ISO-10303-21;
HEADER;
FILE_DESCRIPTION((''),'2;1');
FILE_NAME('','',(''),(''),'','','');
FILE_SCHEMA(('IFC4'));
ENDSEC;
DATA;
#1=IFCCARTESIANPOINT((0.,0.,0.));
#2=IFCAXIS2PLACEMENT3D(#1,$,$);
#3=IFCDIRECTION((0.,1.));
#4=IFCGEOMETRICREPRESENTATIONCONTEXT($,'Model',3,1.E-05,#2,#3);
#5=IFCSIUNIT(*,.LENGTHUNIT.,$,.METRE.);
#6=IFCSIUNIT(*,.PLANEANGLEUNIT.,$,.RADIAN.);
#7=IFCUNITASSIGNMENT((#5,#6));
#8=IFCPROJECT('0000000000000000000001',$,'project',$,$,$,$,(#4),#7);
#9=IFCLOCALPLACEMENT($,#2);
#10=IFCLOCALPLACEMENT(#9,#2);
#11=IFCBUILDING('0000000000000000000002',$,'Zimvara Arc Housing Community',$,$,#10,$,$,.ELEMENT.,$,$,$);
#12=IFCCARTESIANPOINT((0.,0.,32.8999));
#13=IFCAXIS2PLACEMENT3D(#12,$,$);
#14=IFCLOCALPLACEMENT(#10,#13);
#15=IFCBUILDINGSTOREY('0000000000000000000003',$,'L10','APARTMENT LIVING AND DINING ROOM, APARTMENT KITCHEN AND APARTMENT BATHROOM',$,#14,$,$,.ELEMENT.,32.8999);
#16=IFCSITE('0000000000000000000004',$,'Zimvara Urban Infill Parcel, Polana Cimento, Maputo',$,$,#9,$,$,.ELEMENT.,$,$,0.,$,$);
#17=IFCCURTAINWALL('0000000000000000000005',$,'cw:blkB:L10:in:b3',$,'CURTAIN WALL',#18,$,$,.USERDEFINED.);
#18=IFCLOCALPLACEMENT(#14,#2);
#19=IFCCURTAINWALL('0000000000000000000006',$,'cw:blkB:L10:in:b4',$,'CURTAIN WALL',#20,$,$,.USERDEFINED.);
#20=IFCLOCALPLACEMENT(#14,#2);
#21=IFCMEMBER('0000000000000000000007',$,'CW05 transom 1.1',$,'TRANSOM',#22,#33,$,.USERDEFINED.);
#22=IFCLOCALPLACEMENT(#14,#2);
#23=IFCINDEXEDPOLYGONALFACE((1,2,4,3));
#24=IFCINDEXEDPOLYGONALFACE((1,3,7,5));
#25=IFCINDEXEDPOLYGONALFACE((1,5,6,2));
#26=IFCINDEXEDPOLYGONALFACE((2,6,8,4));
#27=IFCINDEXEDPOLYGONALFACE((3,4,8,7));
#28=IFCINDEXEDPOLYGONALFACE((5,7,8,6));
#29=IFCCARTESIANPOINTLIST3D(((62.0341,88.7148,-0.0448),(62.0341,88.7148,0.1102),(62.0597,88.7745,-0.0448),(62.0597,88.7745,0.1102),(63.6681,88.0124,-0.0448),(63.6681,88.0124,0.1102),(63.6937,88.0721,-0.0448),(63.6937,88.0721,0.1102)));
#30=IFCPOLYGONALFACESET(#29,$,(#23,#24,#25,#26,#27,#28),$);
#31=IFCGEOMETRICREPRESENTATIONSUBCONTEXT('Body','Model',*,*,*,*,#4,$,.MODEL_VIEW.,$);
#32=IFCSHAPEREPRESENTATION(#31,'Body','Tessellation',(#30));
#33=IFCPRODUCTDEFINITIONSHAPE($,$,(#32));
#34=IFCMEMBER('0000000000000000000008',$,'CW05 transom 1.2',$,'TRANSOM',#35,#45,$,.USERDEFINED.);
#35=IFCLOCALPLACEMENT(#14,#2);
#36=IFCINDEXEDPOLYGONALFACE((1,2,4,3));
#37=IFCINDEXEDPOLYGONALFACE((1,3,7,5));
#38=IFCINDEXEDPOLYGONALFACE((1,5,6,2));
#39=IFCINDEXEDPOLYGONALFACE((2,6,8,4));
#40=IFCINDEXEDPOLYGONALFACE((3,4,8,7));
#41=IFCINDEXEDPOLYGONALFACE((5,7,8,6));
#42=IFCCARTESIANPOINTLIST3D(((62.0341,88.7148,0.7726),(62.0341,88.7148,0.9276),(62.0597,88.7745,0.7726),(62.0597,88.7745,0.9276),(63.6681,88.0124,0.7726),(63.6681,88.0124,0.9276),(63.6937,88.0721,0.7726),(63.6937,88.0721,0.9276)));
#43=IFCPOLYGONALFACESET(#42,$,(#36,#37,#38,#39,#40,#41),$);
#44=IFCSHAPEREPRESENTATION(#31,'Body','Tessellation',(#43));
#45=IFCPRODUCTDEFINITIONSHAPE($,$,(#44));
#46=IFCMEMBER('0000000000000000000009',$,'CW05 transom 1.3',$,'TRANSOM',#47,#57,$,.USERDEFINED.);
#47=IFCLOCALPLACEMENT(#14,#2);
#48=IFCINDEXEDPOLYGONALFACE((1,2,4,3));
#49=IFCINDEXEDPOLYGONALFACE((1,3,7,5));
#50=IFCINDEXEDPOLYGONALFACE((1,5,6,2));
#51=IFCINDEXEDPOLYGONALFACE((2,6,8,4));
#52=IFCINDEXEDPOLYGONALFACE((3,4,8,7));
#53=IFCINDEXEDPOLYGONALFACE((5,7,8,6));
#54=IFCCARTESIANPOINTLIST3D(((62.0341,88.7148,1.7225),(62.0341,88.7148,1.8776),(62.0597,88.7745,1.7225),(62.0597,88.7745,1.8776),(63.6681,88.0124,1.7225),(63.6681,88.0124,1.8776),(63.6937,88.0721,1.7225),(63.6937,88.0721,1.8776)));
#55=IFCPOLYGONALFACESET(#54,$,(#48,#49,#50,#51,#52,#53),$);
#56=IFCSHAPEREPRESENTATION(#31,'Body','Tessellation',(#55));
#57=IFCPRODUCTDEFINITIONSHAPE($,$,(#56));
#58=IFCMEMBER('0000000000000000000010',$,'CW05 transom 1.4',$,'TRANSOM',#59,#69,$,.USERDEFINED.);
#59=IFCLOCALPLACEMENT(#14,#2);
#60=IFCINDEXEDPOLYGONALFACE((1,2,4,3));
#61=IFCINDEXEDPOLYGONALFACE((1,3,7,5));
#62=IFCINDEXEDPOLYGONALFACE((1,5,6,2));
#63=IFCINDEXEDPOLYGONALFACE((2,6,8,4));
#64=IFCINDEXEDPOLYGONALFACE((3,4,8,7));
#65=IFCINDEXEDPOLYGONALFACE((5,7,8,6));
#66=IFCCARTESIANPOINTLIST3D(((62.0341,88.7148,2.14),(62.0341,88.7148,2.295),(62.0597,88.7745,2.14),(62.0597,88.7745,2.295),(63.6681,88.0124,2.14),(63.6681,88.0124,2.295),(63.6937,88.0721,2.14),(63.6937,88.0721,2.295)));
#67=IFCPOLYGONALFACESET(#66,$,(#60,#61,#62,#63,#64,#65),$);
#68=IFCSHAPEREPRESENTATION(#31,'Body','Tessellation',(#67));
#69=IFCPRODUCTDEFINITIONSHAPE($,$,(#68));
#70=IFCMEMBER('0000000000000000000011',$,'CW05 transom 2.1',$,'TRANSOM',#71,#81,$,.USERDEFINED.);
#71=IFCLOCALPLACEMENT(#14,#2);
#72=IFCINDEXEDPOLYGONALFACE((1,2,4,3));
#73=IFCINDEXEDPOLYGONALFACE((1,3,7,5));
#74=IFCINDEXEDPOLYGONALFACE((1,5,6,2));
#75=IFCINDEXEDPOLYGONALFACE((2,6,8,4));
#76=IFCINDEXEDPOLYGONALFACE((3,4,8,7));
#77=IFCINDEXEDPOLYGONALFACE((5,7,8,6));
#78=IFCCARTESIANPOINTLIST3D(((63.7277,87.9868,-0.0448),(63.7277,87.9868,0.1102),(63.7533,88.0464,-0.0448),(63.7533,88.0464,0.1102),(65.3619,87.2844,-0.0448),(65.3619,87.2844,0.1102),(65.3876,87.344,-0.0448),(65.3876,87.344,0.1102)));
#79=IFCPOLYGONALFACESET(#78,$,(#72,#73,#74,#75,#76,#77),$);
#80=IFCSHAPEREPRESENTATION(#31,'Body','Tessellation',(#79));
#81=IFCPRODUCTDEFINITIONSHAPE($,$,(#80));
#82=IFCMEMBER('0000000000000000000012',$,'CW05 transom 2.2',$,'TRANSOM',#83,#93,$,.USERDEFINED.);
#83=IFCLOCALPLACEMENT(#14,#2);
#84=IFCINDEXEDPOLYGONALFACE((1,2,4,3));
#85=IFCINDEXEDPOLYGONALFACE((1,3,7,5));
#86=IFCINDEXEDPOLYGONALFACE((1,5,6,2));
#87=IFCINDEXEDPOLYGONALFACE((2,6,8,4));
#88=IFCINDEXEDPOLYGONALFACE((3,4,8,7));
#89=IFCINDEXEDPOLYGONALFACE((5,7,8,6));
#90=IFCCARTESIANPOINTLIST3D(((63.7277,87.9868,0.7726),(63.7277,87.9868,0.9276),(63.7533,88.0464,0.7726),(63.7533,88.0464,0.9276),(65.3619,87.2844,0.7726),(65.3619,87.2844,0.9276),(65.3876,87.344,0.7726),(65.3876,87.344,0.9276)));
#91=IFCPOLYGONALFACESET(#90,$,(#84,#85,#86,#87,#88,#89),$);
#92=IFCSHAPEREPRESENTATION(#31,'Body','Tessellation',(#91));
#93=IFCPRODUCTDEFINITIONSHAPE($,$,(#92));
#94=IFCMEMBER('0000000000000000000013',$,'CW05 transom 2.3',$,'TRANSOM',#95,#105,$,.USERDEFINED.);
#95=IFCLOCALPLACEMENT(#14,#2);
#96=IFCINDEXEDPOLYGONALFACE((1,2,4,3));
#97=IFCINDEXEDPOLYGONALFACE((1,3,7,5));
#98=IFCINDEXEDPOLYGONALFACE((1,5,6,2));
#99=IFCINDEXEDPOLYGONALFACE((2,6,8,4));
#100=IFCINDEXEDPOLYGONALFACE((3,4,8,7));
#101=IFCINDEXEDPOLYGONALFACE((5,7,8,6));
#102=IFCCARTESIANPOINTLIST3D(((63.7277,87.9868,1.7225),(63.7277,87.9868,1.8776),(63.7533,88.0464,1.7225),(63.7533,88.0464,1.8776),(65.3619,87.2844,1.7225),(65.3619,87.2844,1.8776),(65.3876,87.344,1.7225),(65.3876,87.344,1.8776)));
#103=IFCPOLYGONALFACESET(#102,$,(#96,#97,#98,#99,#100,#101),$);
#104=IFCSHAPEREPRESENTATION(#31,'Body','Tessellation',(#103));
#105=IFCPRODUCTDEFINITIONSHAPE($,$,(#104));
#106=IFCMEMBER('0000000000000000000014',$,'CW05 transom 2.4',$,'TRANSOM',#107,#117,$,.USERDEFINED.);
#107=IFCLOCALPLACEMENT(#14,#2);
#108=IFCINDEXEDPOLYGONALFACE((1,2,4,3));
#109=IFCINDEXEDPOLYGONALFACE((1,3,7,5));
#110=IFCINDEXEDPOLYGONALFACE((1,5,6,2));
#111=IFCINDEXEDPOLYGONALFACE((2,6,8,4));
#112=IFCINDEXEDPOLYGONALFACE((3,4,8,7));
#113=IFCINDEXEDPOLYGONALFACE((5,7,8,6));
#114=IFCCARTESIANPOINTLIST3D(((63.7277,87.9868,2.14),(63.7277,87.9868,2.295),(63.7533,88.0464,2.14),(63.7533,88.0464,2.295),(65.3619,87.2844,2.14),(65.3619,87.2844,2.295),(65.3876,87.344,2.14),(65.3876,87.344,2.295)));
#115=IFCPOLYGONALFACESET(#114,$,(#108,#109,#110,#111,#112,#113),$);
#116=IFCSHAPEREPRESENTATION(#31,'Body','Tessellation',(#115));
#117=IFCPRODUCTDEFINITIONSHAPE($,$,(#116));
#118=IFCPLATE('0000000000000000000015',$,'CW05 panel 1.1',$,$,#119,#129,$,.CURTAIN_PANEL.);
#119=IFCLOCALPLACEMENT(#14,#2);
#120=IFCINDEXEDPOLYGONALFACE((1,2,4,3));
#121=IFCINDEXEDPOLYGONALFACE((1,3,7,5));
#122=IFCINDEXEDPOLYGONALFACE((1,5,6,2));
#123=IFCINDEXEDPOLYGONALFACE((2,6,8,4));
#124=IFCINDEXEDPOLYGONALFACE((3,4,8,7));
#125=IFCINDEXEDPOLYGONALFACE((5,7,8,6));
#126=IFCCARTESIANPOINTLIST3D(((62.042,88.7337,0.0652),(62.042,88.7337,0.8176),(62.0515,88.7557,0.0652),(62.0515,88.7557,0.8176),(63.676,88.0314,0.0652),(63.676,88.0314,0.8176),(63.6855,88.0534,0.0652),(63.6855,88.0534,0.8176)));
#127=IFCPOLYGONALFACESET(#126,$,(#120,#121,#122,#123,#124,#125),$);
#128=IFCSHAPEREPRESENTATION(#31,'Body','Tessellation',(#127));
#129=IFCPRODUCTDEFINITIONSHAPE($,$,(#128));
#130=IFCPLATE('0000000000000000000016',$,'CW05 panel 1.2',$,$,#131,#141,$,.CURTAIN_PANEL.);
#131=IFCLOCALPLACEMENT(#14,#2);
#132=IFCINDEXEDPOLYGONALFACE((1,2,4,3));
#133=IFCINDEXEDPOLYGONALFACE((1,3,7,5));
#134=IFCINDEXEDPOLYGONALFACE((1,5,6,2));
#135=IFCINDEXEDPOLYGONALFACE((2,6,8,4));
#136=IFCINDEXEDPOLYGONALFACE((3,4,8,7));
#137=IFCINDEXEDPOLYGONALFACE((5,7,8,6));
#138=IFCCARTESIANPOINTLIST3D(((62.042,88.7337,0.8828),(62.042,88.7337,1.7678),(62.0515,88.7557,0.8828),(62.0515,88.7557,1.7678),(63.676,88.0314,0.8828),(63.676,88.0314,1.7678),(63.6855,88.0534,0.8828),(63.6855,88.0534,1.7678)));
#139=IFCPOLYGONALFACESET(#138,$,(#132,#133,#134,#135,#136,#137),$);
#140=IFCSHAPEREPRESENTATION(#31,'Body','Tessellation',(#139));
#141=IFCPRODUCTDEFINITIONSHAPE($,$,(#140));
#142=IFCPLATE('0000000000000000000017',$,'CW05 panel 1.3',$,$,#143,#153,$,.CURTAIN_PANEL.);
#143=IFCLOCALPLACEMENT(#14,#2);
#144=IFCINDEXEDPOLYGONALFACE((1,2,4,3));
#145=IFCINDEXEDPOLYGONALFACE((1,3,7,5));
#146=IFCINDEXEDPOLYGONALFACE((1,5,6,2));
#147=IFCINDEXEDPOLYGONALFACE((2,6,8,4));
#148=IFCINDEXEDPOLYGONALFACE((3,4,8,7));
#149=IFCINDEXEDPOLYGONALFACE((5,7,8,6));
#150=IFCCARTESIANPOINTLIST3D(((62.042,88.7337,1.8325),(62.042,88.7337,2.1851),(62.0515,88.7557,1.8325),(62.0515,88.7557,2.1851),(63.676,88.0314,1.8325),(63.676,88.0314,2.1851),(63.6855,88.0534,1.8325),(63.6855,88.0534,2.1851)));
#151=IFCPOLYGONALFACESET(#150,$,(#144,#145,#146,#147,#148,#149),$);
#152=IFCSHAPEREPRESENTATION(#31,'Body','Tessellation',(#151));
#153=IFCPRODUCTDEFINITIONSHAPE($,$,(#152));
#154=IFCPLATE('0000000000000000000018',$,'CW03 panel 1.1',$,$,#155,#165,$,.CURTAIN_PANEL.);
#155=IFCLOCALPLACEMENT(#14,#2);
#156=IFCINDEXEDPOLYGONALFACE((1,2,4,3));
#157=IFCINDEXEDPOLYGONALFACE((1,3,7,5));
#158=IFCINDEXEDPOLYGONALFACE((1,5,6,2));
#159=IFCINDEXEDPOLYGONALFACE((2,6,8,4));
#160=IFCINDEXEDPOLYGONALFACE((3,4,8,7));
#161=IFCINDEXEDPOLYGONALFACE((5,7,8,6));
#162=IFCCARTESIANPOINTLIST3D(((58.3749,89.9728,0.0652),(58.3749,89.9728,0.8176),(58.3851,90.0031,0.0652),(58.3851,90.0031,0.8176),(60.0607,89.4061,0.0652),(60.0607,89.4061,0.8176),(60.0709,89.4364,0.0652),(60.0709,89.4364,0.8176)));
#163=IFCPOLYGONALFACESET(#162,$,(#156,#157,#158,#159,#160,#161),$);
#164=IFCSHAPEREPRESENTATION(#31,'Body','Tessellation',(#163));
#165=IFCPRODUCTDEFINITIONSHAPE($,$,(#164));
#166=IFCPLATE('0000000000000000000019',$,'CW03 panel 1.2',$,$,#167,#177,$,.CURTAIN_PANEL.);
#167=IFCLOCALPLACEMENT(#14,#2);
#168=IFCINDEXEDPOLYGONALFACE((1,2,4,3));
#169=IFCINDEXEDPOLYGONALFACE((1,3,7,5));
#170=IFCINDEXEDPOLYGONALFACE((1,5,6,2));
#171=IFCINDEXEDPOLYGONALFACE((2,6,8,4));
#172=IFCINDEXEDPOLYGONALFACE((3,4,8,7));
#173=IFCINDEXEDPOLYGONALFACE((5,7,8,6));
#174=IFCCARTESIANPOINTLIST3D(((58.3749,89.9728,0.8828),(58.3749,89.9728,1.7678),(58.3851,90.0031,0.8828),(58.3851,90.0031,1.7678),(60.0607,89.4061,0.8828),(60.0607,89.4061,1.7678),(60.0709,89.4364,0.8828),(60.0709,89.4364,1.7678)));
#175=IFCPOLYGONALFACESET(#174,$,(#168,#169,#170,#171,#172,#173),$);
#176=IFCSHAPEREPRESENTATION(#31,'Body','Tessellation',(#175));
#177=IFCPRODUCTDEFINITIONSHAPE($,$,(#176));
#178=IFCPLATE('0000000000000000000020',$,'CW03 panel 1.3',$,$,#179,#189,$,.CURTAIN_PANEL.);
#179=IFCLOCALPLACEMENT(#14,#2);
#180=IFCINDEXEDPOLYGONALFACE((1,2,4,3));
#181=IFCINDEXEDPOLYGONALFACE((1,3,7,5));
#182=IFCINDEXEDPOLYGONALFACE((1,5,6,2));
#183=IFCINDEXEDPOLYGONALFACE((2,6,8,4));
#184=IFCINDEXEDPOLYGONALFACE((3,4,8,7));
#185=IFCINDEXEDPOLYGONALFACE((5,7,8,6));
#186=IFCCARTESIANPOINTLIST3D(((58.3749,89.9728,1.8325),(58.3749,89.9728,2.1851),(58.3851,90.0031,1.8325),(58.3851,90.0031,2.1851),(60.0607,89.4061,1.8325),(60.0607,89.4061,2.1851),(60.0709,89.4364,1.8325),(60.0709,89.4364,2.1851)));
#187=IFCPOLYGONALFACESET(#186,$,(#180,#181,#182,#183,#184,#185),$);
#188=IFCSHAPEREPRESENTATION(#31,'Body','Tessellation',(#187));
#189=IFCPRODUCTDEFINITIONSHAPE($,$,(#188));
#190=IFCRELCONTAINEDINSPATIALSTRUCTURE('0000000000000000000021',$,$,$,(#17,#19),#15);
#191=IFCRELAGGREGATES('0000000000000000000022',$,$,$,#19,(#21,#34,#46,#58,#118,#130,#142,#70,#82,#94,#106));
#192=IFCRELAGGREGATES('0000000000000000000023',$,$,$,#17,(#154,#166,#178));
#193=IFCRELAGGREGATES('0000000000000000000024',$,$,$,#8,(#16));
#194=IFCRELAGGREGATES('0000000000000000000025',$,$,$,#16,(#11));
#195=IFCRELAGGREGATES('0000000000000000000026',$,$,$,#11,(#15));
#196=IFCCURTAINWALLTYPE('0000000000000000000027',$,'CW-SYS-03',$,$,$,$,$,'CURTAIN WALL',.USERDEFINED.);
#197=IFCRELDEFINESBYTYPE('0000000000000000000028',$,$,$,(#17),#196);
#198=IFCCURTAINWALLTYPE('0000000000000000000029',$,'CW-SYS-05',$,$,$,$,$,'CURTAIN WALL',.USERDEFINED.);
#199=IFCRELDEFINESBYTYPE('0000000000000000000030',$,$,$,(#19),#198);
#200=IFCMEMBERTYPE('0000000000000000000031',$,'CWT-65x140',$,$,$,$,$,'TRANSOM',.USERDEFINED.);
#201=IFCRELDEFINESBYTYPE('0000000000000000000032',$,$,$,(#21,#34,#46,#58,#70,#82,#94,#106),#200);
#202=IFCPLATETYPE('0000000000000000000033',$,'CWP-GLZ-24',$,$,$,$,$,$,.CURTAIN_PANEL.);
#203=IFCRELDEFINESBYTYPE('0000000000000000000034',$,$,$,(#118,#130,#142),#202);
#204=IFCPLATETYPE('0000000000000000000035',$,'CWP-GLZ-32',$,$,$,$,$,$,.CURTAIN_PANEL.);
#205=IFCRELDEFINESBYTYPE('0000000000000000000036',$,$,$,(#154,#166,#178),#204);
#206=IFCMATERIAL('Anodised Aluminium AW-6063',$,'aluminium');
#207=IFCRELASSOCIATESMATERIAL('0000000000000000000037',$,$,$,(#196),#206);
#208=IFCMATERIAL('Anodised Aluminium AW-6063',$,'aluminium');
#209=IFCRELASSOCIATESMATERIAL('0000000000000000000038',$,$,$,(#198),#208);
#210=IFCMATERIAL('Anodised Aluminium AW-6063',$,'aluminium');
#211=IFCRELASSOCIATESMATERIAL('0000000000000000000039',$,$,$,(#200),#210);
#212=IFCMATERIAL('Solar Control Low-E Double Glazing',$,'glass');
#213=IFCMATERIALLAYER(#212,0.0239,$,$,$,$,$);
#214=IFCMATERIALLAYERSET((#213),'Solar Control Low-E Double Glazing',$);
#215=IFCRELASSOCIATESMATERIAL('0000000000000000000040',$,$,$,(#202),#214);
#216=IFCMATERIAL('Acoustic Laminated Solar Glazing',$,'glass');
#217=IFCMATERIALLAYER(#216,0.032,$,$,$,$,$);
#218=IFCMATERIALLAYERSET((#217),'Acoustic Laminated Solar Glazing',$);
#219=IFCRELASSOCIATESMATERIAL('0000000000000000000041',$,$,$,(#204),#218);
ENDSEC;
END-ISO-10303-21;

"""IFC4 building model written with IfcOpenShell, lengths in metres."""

from ifc_helpers import new_model, si_unit, direction, frame, origin, origin_2d, place, context, subcontext, project, spatial, rectangle, extrude, material, layer, layer_set, material_profile, profile_set, type_object, element, aggregate, save


model = new_model("IFC4")

# Units and contexts
model_context = context("Model", 3, precision=1e-05, world=origin(), true_north=direction((0.0, 1.0)))
body_context = subcontext(model_context, "Body", "Model", "MODEL_VIEW")
ifc_project = project(units=[si_unit("LENGTHUNIT", "METRE"), si_unit("PLANEANGLEUNIT", "RADIAN")], contexts=[model_context])

# Site, building, storey
site_placement = place(None, origin())
site = spatial("IfcSite", under=ifc_project, at=site_placement, Name="Zimvara Urban Infill Parcel, Polana Cimento, Maputo", CompositionType="ELEMENT", RefElevation=0.0)
building_placement = place(site_placement, origin())
building = spatial("IfcBuilding", under=site, at=building_placement, Name="Zimvara Arc Housing Community", CompositionType="ELEMENT")
storey_placement = place(building_placement, frame((0.0, 0.0, 32.8999)))
storey = spatial("IfcBuildingStorey", under=building, at=storey_placement, Name="L10", Description="APARTMENT LIVING AND DINING ROOM, APARTMENT KITCHEN AND APARTMENT BATHROOM", CompositionType="ELEMENT", Elevation=32.8999)

# Curtain walls
ifc_material_1 = material(Name="Anodised Aluminium AW-6063", Category="aluminium")
curtain_wall_type_1 = type_object("IfcCurtainWallType", Name="CW-SYS-03", ElementType="CURTAIN WALL", PredefinedType="USERDEFINED", material=ifc_material_1)
curtain_wall_1_placement = place(storey_placement, origin())
curtain_wall_1 = element("IfcCurtainWall", 1, at=curtain_wall_1_placement, inside=storey, type_object=curtain_wall_type_1, Name="cw:blkB:L10:in:b3", ObjectType="CURTAIN WALL", PredefinedType="USERDEFINED")
ifc_material_2 = material(Name="Anodised Aluminium AW-6063", Category="aluminium")
curtain_wall_type_2 = type_object("IfcCurtainWallType", Name="CW-SYS-05", ElementType="CURTAIN WALL", PredefinedType="USERDEFINED", material=ifc_material_2)
curtain_wall_2_placement = place(storey_placement, origin())
curtain_wall_2 = element("IfcCurtainWall", 2, at=curtain_wall_2_placement, inside=storey, type_object=curtain_wall_type_2, Name="cw:blkB:L10:in:b4", ObjectType="CURTAIN WALL", PredefinedType="USERDEFINED")

# Members
ifc_material_3 = material(Name="Anodised Aluminium AW-6063", Category="aluminium")
ifc_material_profile_1 = material_profile(ifc_material_3, rectangle(XDim=0.0649, YDim=0.155, at=origin_2d()), Name="ALU 65x155")
ifc_profile_set_1 = profile_set([ifc_material_profile_1], Name="Anodised Aluminium AW-6063")
member_type_1 = type_object("IfcMemberType", Name="CWT-65x140", ElementType="TRANSOM", PredefinedType="USERDEFINED", material=ifc_profile_set_1)
member_1_placement = place(storey_placement, frame((62.0469, 88.7446, 0.0327), z_axis=(0.918718, -0.394913, 0.0), x_axis=(0.394913, 0.918718, 0.0)))
member_1 = element("IfcMember", 3, at=member_1_placement, type_object=member_type_1, Name="CW05 transom 1.1", ObjectType="TRANSOM", PredefinedType="USERDEFINED", context=body_context, shape_type="SweptSolid", body=[
    extrude(rectangle(XDim=0.0649, YDim=0.155, at=origin_2d()), origin(), (0.0, 0.0, 1.0), 1.7786),
])
member_2_placement = place(storey_placement, frame((62.0469, 88.7446, 0.8501), z_axis=(0.918718, -0.394913, 0.0), x_axis=(0.394913, 0.918718, 0.0)))
member_2 = element("IfcMember", 4, at=member_2_placement, type_object=member_type_1, Name="CW05 transom 1.2", ObjectType="TRANSOM", PredefinedType="USERDEFINED", context=body_context, shape_type="SweptSolid", body=[
    extrude(rectangle(XDim=0.0649, YDim=0.155, at=origin_2d()), origin(), (0.0, 0.0, 1.0), 1.7786),
])
member_3_placement = place(storey_placement, frame((62.0469, 88.7446, 1.8), z_axis=(0.918718, -0.394913, 0.0), x_axis=(0.394913, 0.918718, 0.0)))
member_3 = element("IfcMember", 5, at=member_3_placement, type_object=member_type_1, Name="CW05 transom 1.3", ObjectType="TRANSOM", PredefinedType="USERDEFINED", context=body_context, shape_type="SweptSolid", body=[
    extrude(rectangle(XDim=0.0649, YDim=0.155, at=origin_2d()), origin(), (0.0, 0.0, 1.0), 1.7786),
])
member_4_placement = place(storey_placement, frame((62.0469, 88.7446, 2.2175), z_axis=(0.918718, -0.394913, 0.0), x_axis=(0.394913, 0.918718, 0.0)))
member_4 = element("IfcMember", 6, at=member_4_placement, type_object=member_type_1, Name="CW05 transom 1.4", ObjectType="TRANSOM", PredefinedType="USERDEFINED", context=body_context, shape_type="SweptSolid", body=[
    extrude(rectangle(XDim=0.0649, YDim=0.155, at=origin_2d()), origin(), (0.0, 0.0, 1.0), 1.7786),
])
member_5_placement = place(storey_placement, frame((63.7405, 88.0166, 0.0327), z_axis=(0.91874, -0.394863, 0.0), x_axis=(0.394863, 0.91874, 0.0)))
member_5 = element("IfcMember", 7, at=member_5_placement, type_object=member_type_1, Name="CW05 transom 2.1", ObjectType="TRANSOM", PredefinedType="USERDEFINED", context=body_context, shape_type="SweptSolid", body=[
    extrude(rectangle(XDim=0.0649, YDim=0.155, at=origin_2d()), origin(), (0.0, 0.0, 1.0), 1.7788),
])
member_6_placement = place(storey_placement, frame((63.7405, 88.0166, 0.8501), z_axis=(0.91874, -0.394863, 0.0), x_axis=(0.394863, 0.91874, 0.0)))
member_6 = element("IfcMember", 8, at=member_6_placement, type_object=member_type_1, Name="CW05 transom 2.2", ObjectType="TRANSOM", PredefinedType="USERDEFINED", context=body_context, shape_type="SweptSolid", body=[
    extrude(rectangle(XDim=0.0649, YDim=0.155, at=origin_2d()), origin(), (0.0, 0.0, 1.0), 1.7788),
])
member_7_placement = place(storey_placement, frame((63.7405, 88.0166, 1.8), z_axis=(0.91874, -0.394863, 0.0), x_axis=(0.394863, 0.91874, 0.0)))
member_7 = element("IfcMember", 9, at=member_7_placement, type_object=member_type_1, Name="CW05 transom 2.3", ObjectType="TRANSOM", PredefinedType="USERDEFINED", context=body_context, shape_type="SweptSolid", body=[
    extrude(rectangle(XDim=0.0649, YDim=0.155, at=origin_2d()), origin(), (0.0, 0.0, 1.0), 1.7788),
])
member_8_placement = place(storey_placement, frame((63.7405, 88.0166, 2.2175), z_axis=(0.91874, -0.394863, 0.0), x_axis=(0.394863, 0.91874, 0.0)))
member_8 = element("IfcMember", 10, at=member_8_placement, type_object=member_type_1, Name="CW05 transom 2.4", ObjectType="TRANSOM", PredefinedType="USERDEFINED", context=body_context, shape_type="SweptSolid", body=[
    extrude(rectangle(XDim=0.0649, YDim=0.155, at=origin_2d()), origin(), (0.0, 0.0, 1.0), 1.7788),
])

# Plates
ifc_material_4 = material(Name="Solar Control Low-E Double Glazing", Category="glass")
ifc_layer_1 = layer(ifc_material_4, 0.0239)
ifc_layer_set_1 = layer_set([ifc_layer_1], Name="Solar Control Low-E Double Glazing")
plate_type_1 = type_object("IfcPlateType", Name="CWP-GLZ-24", PredefinedType="CURTAIN_PANEL", material=ifc_layer_set_1)
plate_1_placement = place(storey_placement, frame((62.8638, 88.3936, 0.0652), z_axis=(0.0, 0.0, 1.0), x_axis=(0.918722, -0.394904, 0.0)))
plate_1 = element("IfcPlate", 11, at=plate_1_placement, type_object=plate_type_1, Name="CW05 panel 1.1", PredefinedType="CURTAIN_PANEL", context=body_context, shape_type="SweptSolid", body=[
    extrude(rectangle(XDim=1.7786, YDim=0.0239, at=origin_2d()), origin(), (0.0, 0.0, 1.0), 0.7524),
])
plate_2_placement = place(storey_placement, frame((62.8638, 88.3936, 0.8828), z_axis=(0.0, 0.0, 1.0), x_axis=(0.918722, -0.394904, 0.0)))
plate_2 = element("IfcPlate", 12, at=plate_2_placement, type_object=plate_type_1, Name="CW05 panel 1.2", PredefinedType="CURTAIN_PANEL", context=body_context, shape_type="SweptSolid", body=[
    extrude(rectangle(XDim=1.7786, YDim=0.0239, at=origin_2d()), origin(), (0.0, 0.0, 1.0), 0.885),
])
plate_3_placement = place(storey_placement, frame((62.8638, 88.3936, 1.8325), z_axis=(0.0, 0.0, 1.0), x_axis=(0.918722, -0.394904, 0.0)))
plate_3 = element("IfcPlate", 13, at=plate_3_placement, type_object=plate_type_1, Name="CW05 panel 1.3", PredefinedType="CURTAIN_PANEL", context=body_context, shape_type="SweptSolid", body=[
    extrude(rectangle(XDim=1.7786, YDim=0.0239, at=origin_2d()), origin(), (0.0, 0.0, 1.0), 0.3525),
])
aggregate(curtain_wall_2, [member_1, member_2, member_3, member_4, plate_1, plate_2, plate_3, member_5, member_6, member_7, member_8])
ifc_material_5 = material(Name="Acoustic Laminated Solar Glazing", Category="glass")
ifc_layer_2 = layer(ifc_material_5, 0.032)
ifc_layer_set_2 = layer_set([ifc_layer_2], Name="Acoustic Laminated Solar Glazing")
plate_type_2 = type_object("IfcPlateType", Name="CWP-GLZ-32", PredefinedType="CURTAIN_PANEL", material=ifc_layer_set_2)
plate_4_placement = place(storey_placement, frame((59.2229, 89.7046, 0.0652), z_axis=(0.0, 0.0, 1.0), x_axis=(0.94788, -0.318627, 0.0)))
plate_4 = element("IfcPlate", 14, at=plate_4_placement, type_object=plate_type_2, Name="CW03 panel 1.1", PredefinedType="CURTAIN_PANEL", context=body_context, shape_type="SweptSolid", body=[
    extrude(rectangle(XDim=1.7786, YDim=0.032, at=origin_2d()), origin(), (0.0, 0.0, 1.0), 0.7524),
])
plate_5_placement = place(storey_placement, frame((59.2229, 89.7046, 0.8828), z_axis=(0.0, 0.0, 1.0), x_axis=(0.94788, -0.318627, 0.0)))
plate_5 = element("IfcPlate", 15, at=plate_5_placement, type_object=plate_type_2, Name="CW03 panel 1.2", PredefinedType="CURTAIN_PANEL", context=body_context, shape_type="SweptSolid", body=[
    extrude(rectangle(XDim=1.7786, YDim=0.032, at=origin_2d()), origin(), (0.0, 0.0, 1.0), 0.885),
])
plate_6_placement = place(storey_placement, frame((59.2229, 89.7046, 1.8325), z_axis=(0.0, 0.0, 1.0), x_axis=(0.94788, -0.318627, 0.0)))
plate_6 = element("IfcPlate", 16, at=plate_6_placement, type_object=plate_type_2, Name="CW03 panel 1.3", PredefinedType="CURTAIN_PANEL", context=body_context, shape_type="SweptSolid", body=[
    extrude(rectangle(XDim=1.7786, YDim=0.032, at=origin_2d()), origin(), (0.0, 0.0, 1.0), 0.3525),
])
aggregate(curtain_wall_1, [plate_4, plate_5, plate_6])

save(model, "model.ifc")
